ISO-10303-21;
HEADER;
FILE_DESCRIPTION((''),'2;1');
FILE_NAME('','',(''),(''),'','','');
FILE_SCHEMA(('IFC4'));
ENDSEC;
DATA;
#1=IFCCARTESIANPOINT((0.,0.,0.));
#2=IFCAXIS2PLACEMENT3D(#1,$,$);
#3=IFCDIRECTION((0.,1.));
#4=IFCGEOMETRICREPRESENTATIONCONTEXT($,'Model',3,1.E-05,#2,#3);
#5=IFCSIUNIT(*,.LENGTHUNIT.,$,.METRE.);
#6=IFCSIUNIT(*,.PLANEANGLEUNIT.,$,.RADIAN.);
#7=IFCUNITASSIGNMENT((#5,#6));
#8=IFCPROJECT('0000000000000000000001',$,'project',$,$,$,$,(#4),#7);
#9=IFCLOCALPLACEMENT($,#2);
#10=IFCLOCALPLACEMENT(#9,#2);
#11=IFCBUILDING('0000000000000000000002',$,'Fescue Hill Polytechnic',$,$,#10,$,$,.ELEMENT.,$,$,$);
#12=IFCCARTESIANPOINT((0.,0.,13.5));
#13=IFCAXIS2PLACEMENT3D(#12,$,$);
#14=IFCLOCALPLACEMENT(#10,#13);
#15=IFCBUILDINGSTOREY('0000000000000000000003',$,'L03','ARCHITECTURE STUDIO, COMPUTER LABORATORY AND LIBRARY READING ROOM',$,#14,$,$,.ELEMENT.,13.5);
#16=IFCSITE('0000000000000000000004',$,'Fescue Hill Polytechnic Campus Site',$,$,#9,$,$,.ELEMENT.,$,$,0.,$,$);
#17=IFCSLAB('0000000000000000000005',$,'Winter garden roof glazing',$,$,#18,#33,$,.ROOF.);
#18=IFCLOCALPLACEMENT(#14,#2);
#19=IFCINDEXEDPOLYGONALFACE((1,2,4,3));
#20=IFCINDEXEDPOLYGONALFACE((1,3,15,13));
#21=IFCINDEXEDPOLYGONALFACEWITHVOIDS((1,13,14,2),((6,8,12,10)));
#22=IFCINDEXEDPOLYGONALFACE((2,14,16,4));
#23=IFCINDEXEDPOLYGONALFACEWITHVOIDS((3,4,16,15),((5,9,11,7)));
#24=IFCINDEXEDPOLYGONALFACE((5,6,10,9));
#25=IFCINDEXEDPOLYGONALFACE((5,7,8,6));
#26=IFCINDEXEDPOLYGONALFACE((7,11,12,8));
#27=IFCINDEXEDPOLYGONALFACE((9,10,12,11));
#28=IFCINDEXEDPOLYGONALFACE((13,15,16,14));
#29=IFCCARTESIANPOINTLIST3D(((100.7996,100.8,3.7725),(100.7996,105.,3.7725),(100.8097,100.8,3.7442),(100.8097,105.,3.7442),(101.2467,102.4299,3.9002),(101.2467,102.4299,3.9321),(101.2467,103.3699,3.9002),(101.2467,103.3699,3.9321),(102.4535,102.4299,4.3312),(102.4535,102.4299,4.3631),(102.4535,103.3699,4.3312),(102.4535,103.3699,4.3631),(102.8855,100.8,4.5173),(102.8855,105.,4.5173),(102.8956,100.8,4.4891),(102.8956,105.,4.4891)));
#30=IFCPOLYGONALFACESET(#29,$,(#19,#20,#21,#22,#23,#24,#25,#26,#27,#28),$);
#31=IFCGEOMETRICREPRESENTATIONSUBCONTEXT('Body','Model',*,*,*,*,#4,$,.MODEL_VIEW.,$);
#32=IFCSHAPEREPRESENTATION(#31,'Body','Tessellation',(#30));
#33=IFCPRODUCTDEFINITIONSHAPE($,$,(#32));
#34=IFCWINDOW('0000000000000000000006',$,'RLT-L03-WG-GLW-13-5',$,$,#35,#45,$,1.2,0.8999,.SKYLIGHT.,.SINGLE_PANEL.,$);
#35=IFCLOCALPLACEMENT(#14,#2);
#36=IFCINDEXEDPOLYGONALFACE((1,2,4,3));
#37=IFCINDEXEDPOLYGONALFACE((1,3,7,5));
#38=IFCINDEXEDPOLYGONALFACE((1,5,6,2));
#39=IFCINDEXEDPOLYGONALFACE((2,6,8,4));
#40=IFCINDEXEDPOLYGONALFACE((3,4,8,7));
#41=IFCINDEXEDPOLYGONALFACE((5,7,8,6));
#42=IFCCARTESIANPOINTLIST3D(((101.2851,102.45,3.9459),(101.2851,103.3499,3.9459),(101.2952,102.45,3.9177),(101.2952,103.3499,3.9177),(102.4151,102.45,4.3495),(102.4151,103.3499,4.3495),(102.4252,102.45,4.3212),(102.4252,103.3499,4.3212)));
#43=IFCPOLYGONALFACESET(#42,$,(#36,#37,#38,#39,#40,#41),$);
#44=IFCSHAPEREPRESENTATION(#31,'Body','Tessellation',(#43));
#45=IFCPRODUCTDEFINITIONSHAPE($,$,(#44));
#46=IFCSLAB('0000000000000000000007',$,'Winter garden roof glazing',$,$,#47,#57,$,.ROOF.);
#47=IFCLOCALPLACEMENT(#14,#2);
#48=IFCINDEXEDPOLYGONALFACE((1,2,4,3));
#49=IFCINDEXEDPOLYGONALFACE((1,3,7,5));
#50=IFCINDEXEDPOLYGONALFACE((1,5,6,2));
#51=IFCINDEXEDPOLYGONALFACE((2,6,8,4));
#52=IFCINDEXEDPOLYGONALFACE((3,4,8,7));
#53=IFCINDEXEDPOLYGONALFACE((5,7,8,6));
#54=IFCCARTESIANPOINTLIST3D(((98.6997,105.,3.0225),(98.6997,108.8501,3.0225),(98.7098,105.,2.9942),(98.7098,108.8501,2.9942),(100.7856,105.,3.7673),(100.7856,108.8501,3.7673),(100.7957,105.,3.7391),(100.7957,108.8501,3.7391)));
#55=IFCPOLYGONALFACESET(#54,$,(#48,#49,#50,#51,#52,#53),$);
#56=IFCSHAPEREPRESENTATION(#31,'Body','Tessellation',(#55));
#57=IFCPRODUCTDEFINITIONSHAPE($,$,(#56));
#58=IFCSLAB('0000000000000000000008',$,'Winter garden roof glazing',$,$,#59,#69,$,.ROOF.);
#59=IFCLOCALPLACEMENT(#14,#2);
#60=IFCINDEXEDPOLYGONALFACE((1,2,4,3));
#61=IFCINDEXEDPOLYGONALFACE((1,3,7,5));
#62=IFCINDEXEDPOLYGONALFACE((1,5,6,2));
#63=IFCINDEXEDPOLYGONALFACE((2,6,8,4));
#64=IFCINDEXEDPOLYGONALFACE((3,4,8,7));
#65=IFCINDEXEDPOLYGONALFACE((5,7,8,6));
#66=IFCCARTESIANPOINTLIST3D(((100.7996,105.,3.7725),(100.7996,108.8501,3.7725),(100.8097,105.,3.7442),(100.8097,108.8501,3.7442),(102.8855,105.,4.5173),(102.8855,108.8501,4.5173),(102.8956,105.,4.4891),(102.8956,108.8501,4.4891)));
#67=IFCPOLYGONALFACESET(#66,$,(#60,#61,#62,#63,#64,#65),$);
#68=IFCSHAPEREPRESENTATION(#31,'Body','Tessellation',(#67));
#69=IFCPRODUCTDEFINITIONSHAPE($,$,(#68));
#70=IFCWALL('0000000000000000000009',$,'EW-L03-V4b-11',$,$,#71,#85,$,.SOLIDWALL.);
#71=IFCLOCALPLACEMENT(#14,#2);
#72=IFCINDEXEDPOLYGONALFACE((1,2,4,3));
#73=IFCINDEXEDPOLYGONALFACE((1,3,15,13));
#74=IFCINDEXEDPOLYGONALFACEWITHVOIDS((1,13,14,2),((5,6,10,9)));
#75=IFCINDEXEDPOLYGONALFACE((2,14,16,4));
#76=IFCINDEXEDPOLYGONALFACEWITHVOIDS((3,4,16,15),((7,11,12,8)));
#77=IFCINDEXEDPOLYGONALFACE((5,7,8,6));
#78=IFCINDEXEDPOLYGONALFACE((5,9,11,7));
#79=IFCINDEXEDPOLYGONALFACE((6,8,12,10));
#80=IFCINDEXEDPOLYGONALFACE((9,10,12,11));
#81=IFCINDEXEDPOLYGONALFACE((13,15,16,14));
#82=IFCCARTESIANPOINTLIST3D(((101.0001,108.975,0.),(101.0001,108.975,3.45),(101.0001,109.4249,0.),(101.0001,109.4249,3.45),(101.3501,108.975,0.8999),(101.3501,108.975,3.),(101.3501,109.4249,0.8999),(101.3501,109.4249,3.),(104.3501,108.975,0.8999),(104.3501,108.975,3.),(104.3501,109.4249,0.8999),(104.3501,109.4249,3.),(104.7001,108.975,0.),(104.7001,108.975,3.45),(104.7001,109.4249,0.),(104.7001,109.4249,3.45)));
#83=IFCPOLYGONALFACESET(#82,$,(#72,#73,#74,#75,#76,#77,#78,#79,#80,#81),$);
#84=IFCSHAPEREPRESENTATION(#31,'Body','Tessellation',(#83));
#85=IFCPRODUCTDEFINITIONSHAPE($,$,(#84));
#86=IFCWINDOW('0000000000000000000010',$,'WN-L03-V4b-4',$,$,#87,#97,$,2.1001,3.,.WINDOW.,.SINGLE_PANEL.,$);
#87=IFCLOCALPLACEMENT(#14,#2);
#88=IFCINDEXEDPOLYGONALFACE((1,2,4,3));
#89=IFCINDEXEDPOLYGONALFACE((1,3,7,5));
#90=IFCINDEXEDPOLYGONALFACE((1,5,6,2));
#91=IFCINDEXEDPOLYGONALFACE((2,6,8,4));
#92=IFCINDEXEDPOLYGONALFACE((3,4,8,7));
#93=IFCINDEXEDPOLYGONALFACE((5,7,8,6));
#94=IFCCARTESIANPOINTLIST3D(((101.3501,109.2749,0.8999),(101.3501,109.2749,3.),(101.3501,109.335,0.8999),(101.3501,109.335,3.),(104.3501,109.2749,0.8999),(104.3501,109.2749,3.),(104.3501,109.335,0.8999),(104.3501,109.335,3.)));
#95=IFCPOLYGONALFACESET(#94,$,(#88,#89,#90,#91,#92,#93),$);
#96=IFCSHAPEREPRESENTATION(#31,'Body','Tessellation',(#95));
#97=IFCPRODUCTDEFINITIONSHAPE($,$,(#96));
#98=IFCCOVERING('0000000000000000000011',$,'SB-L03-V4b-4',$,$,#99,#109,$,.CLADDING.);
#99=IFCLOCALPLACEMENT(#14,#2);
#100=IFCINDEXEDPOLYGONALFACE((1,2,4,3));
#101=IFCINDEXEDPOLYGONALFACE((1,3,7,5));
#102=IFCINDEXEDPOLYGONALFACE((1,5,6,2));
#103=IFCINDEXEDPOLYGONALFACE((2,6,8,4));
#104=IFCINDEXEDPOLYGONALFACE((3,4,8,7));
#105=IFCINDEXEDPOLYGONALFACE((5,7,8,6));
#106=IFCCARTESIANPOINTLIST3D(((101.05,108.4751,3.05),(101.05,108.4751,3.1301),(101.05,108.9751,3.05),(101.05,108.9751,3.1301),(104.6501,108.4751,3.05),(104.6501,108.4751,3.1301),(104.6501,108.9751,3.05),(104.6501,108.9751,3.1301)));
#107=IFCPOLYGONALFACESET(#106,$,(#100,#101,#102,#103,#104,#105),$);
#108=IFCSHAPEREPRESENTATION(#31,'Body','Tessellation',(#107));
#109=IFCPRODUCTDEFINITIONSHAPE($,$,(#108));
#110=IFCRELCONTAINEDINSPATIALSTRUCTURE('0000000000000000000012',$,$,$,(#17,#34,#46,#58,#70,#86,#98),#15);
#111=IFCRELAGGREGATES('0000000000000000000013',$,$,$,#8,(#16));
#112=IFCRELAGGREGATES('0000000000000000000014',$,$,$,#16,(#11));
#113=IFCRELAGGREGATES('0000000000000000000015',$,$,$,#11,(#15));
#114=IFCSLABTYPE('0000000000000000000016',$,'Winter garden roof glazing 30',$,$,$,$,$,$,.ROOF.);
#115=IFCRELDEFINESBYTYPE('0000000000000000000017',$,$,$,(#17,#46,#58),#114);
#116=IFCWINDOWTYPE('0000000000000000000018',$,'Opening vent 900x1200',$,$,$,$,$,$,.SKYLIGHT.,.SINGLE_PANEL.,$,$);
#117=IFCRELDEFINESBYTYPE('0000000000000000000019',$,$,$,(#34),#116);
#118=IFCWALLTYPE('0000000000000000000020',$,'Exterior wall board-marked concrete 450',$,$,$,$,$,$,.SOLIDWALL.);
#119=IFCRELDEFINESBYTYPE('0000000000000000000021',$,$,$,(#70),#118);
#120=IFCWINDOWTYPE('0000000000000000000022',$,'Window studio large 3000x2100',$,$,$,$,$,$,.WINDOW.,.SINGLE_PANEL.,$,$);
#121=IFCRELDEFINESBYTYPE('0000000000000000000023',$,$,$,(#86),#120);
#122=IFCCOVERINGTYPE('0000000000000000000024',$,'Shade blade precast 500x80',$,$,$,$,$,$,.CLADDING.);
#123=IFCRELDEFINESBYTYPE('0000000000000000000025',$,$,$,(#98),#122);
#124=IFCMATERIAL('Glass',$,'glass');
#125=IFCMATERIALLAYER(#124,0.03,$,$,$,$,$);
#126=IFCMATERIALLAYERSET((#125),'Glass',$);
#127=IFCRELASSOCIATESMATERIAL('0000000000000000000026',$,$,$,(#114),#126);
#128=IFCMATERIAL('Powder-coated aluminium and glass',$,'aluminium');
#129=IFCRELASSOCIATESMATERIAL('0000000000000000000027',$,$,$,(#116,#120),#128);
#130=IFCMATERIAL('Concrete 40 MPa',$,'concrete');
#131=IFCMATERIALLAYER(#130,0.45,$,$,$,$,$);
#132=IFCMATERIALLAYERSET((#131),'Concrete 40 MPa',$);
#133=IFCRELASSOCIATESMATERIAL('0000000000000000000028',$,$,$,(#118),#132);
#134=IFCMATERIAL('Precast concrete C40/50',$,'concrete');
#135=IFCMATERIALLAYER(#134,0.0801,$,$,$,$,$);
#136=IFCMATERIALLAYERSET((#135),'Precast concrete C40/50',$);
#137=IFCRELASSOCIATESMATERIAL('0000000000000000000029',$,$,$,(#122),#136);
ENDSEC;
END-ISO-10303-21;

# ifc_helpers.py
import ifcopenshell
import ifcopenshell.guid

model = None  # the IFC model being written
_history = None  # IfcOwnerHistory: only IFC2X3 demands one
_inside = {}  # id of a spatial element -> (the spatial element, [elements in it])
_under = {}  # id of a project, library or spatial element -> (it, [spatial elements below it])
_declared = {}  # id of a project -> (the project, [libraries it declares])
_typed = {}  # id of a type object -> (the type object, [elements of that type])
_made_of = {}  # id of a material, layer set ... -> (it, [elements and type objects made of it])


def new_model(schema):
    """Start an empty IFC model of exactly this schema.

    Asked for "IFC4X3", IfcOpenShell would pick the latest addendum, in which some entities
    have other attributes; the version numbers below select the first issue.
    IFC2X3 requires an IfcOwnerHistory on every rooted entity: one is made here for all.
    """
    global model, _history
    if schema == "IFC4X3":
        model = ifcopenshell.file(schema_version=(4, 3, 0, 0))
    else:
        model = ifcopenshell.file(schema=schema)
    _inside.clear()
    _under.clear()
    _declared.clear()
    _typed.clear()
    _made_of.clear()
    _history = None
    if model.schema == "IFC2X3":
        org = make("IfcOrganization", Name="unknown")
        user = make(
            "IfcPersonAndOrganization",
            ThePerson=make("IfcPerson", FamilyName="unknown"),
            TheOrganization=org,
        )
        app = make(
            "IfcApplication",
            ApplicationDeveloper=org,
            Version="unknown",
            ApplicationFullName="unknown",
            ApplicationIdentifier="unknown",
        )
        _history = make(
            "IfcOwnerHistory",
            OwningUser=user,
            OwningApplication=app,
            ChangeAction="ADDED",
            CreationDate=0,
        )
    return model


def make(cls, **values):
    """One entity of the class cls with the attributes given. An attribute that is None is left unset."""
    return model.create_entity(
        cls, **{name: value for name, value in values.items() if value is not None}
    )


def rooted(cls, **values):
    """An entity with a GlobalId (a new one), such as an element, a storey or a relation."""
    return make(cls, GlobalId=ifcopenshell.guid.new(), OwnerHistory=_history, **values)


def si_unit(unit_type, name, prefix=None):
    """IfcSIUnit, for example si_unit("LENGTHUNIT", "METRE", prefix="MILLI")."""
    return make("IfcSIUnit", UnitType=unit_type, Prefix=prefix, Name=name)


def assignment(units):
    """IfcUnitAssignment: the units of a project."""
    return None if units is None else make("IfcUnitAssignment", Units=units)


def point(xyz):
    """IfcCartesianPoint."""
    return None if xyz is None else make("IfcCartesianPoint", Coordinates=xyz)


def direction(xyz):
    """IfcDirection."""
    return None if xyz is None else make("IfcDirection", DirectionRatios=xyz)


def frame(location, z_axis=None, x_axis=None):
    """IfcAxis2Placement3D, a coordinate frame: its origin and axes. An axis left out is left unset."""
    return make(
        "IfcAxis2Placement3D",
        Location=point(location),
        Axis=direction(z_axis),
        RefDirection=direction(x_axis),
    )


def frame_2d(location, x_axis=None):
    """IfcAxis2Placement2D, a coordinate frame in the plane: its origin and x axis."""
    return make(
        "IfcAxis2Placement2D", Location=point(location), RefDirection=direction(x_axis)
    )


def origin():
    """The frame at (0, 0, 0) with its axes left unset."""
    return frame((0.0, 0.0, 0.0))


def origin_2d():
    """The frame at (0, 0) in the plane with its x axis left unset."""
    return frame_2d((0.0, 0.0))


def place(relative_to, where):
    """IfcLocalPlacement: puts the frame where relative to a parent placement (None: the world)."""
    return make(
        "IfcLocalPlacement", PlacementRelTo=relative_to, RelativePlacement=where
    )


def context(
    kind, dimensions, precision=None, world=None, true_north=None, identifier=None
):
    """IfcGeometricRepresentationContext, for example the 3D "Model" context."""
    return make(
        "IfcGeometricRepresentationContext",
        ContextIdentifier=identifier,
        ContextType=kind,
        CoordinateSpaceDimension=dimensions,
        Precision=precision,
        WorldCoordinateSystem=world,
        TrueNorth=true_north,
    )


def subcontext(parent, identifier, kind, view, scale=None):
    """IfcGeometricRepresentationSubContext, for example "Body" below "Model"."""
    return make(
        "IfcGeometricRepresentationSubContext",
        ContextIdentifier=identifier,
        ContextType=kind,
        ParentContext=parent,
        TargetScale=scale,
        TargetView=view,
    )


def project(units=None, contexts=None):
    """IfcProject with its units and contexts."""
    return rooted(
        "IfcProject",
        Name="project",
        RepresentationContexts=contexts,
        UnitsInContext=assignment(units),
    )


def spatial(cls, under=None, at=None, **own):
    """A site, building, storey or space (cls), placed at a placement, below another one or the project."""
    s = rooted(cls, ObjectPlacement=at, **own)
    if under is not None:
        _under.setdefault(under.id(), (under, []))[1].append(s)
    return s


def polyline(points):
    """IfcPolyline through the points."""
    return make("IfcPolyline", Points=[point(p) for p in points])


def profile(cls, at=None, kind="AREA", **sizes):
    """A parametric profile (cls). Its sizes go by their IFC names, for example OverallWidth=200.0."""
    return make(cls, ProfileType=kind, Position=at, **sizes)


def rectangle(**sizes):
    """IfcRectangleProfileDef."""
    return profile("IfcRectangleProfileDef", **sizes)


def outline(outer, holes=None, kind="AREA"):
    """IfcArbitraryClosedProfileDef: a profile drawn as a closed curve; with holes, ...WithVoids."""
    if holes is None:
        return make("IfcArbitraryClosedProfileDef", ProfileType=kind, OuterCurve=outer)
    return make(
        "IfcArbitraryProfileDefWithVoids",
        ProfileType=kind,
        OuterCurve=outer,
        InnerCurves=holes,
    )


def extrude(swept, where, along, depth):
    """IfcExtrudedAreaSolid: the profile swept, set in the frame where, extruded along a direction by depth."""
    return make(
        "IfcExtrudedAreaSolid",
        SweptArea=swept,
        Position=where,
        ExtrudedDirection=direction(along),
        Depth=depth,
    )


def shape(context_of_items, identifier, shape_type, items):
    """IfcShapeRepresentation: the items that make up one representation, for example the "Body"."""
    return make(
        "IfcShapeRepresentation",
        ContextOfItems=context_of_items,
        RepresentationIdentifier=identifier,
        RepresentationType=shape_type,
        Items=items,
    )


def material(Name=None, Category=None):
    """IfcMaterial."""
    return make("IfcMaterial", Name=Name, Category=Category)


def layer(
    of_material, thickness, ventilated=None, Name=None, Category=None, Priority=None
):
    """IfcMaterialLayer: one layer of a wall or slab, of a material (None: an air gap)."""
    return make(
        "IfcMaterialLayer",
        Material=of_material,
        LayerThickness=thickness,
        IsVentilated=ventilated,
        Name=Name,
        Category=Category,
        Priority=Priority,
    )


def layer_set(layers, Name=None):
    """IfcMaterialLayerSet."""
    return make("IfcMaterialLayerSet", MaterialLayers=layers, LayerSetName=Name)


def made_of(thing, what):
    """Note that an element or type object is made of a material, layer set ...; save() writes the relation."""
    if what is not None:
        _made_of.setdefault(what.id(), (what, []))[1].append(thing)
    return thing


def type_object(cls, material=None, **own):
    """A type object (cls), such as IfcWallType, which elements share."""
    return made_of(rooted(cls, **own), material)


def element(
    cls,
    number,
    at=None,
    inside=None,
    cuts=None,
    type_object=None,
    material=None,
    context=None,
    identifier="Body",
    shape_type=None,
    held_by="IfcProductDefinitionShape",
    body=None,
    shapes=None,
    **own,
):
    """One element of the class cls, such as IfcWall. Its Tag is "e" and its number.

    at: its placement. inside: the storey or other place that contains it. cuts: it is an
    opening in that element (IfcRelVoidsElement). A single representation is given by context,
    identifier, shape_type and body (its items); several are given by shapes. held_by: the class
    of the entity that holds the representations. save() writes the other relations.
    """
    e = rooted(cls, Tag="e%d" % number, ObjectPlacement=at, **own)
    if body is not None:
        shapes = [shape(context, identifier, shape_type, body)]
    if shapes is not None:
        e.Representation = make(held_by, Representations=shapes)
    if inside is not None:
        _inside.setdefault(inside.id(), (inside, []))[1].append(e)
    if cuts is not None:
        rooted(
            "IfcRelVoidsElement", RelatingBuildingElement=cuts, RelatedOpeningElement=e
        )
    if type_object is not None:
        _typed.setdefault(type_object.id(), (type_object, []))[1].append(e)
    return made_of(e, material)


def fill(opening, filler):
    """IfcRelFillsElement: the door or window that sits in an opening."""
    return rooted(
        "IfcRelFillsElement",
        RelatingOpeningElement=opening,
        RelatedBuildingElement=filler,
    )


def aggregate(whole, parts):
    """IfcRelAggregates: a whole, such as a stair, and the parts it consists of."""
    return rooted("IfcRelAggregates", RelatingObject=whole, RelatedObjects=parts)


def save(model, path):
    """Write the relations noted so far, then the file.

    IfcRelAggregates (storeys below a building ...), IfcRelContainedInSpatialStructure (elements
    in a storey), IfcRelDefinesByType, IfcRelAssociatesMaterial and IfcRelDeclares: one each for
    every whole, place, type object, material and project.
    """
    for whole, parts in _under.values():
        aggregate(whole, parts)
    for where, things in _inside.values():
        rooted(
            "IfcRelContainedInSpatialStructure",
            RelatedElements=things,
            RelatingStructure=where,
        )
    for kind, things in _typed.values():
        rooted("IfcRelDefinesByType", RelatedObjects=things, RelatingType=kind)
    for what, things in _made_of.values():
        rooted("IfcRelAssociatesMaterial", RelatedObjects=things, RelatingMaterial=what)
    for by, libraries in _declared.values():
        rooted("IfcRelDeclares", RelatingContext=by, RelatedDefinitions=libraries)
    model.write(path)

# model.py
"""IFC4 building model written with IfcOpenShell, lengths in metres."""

from ifc_helpers import new_model, si_unit, direction, frame, frame_2d, origin, origin_2d, place, context, subcontext, project, spatial, polyline, rectangle, outline, extrude, material, layer, layer_set, type_object, element, fill, save


model = new_model("IFC4")

# Units and contexts
model_context = context("Model", 3, precision=1e-05, world=origin(), true_north=direction((0.0, 1.0)))
body_context = subcontext(model_context, "Body", "Model", "MODEL_VIEW")
ifc_project = project(units=[si_unit("LENGTHUNIT", "METRE"), si_unit("PLANEANGLEUNIT", "RADIAN")], contexts=[model_context])

# Site, building, storey
site_placement = place(None, origin())
site = spatial("IfcSite", under=ifc_project, at=site_placement, Name="Fescue Hill Polytechnic Campus Site", CompositionType="ELEMENT", RefElevation=0.0)
building_placement = place(site_placement, origin())
building = spatial("IfcBuilding", under=site, at=building_placement, Name="Fescue Hill Polytechnic", CompositionType="ELEMENT")
storey_placement = place(building_placement, frame((0.0, 0.0, 13.5)))
storey = spatial("IfcBuildingStorey", under=building, at=storey_placement, Name="L03", Description="ARCHITECTURE STUDIO, COMPUTER LABORATORY AND LIBRARY READING ROOM", CompositionType="ELEMENT", Elevation=13.5)

# Shared definitions
ifc_material_1 = material(Name="Concrete 40 MPa", Category="concrete")

# Shared definitions
ifc_material_2 = material(Name="Glass", Category="glass")
ifc_layer_1 = layer(ifc_material_2, 0.03)
ifc_layer_set_1 = layer_set([ifc_layer_1], Name="Glass")
slab_type = type_object("IfcSlabType", Name="Winter garden roof glazing 30", PredefinedType="ROOF", material=ifc_layer_set_1)

# Slab, opening, window
slab_placement = place(storey_placement, frame((100.7996, 100.8, 3.7725), z_axis=(-0.336295, 0.0, 0.941757), x_axis=(0.0, 1.0, 0.0)))
slab = element("IfcSlab", 1, at=slab_placement, inside=storey, type_object=slab_type, Name="Winter garden roof glazing", PredefinedType="ROOF", context=body_context, shape_type="SweptSolid", body=[
    extrude(outline(polyline([(0.0, 0.0), (4.2, 0.0), (4.2, -2.2149), (0.0, -2.2149), (0.0, 0.0)])), origin(), (0.0, 0.0, -1.0), 0.03),
])
opening_1_placement = place(storey_placement, frame((101.8501, 102.8999, 3.8015)))
opening_1 = element("IfcOpeningElement", 2, at=opening_1_placement, cuts=slab, PredefinedType="OPENING", context=body_context, shape_type="SweptSolid", body=[
    extrude(rectangle(XDim=1.2068, YDim=0.9399, at=origin_2d()), origin(), (0.0, 0.0, 1.0), 0.6604),
])
ifc_material_3 = material(Name="Powder-coated aluminium and glass", Category="aluminium")
window_type_1 = type_object("IfcWindowType", Name="Opening vent 900x1200", PartitioningType="SINGLE_PANEL", PredefinedType="SKYLIGHT", material=ifc_material_3)
window_1_placement = place(storey_placement, frame((101.8501, 102.8999, 4.1477), z_axis=(-0.336295, 0.0, 0.941757), x_axis=(0.0, 1.0, 0.0)))
window_1 = element("IfcWindow", 3, at=window_1_placement, inside=storey, type_object=window_type_1, Name="RLT-L03-WG-GLW-13-5", OverallHeight=1.2, OverallWidth=0.8999, PartitioningType="SINGLE_PANEL", PredefinedType="SKYLIGHT", context=body_context, shape_type="SweptSolid", body=[
    extrude(rectangle(XDim=0.8999, YDim=1.2, at=origin_2d()), origin(), (0.0, 0.0, -1.0), 0.03),
])
fill(opening_1, window_1)

# Slabs
for number, where, z_axis, x_axis, name in (
    (4, (98.6997, 105.0, 3.0225), (-0.336295, 0.0, 0.941757), (0.0, 1.0, 0.0), "Winter garden roof glazing"),
    (5, (100.7996, 105.0, 3.7725), (-0.336295, 0.0, 0.941757), (0.0, 1.0, 0.0), "Winter garden roof glazing"),
):
    element("IfcSlab", number, at=place(storey_placement, frame(where, z_axis=z_axis, x_axis=x_axis)), inside=storey, type_object=slab_type, Name=name, PredefinedType="ROOF", context=body_context, shape_type="SweptSolid", body=[
        extrude(outline(polyline([(0.0, 0.0), (3.8501, 0.0), (3.8501, -2.2149), (0.0, -2.2149), (0.0, 0.0)])), origin(), (0.0, 0.0, -1.0), 0.03),
    ])

# Wall, opening, window
ifc_layer_2 = layer(ifc_material_1, 0.45)
ifc_layer_set_2 = layer_set([ifc_layer_2], Name="Concrete 40 MPa")
wall_type = type_object("IfcWallType", Name="Exterior wall board-marked concrete 450", PredefinedType="SOLIDWALL", material=ifc_layer_set_2)
wall_placement = place(storey_placement, frame((101.0, 109.2, 0.0), z_axis=(0.0, 0.0, 1.0), x_axis=(1.0, 0.0, 0.0)))
wall = element("IfcWall", 6, at=wall_placement, inside=storey, type_object=wall_type, Name="EW-L03-V4b-11", PredefinedType="SOLIDWALL", context=body_context, shape_type="SweptSolid", body=[
    extrude(rectangle(XDim=3.7, YDim=0.45, at=frame_2d((1.8501, 0.0))), origin(), (0.0, 0.0, 1.0), 3.45),
])
opening_2_placement = place(wall_placement, frame((0.3501, 0.0, 0.8999)))
opening_2 = element("IfcOpeningElement", 7, at=opening_2_placement, cuts=wall, PredefinedType="OPENING", context=body_context, shape_type="SweptSolid", body=[
    extrude(rectangle(XDim=3.0, YDim=2.1001, at=frame_2d((1.5, 1.05))), frame((0.0, 0.2349, 0.0), z_axis=(0.0, -1.0, 0.0), x_axis=(1.0, 0.0, 0.0)), (0.0, 0.0, 1.0), 0.47),
])
window_type_2 = type_object("IfcWindowType", Name="Window studio large 3000x2100", PartitioningType="SINGLE_PANEL", PredefinedType="WINDOW", material=ifc_material_3)
window_2_placement = place(opening_2_placement, origin())
window_2 = element("IfcWindow", 8, at=window_2_placement, inside=storey, type_object=window_type_2, Name="WN-L03-V4b-4", OverallHeight=2.1001, OverallWidth=3.0, PartitioningType="SINGLE_PANEL", PredefinedType="WINDOW", context=body_context, shape_type="SweptSolid", body=[
    extrude(rectangle(XDim=3.0, YDim=2.1001, at=frame_2d((1.5, 1.05))), frame((0.0, 0.135, 0.0), z_axis=(0.0, -1.0, 0.0), x_axis=(1.0, 0.0, 0.0)), (0.0, 0.0, 1.0), 0.0601),
])
fill(opening_2, window_2)

# Covering
ifc_material_4 = material(Name="Precast concrete C40/50", Category="concrete")
ifc_layer_3 = layer(ifc_material_4, 0.0801)
ifc_layer_set_3 = layer_set([ifc_layer_3], Name="Precast concrete C40/50")
covering_type = type_object("IfcCoveringType", Name="Shade blade precast 500x80", PredefinedType="CLADDING", material=ifc_layer_set_3)
covering_placement = place(storey_placement, frame((102.8501, 108.7251, 3.05), z_axis=(0.0, 0.0, 1.0), x_axis=(1.0, 0.0, 0.0)))
element("IfcCovering", 9, at=covering_placement, inside=storey, type_object=covering_type, Name="SB-L03-V4b-4", PredefinedType="CLADDING", context=body_context, shape_type="SweptSolid", body=[
    extrude(rectangle(XDim=3.6001, YDim=0.5, at=origin_2d()), origin(), (0.0, 0.0, 1.0), 0.0801),
])

save(model, "model.ifc")
